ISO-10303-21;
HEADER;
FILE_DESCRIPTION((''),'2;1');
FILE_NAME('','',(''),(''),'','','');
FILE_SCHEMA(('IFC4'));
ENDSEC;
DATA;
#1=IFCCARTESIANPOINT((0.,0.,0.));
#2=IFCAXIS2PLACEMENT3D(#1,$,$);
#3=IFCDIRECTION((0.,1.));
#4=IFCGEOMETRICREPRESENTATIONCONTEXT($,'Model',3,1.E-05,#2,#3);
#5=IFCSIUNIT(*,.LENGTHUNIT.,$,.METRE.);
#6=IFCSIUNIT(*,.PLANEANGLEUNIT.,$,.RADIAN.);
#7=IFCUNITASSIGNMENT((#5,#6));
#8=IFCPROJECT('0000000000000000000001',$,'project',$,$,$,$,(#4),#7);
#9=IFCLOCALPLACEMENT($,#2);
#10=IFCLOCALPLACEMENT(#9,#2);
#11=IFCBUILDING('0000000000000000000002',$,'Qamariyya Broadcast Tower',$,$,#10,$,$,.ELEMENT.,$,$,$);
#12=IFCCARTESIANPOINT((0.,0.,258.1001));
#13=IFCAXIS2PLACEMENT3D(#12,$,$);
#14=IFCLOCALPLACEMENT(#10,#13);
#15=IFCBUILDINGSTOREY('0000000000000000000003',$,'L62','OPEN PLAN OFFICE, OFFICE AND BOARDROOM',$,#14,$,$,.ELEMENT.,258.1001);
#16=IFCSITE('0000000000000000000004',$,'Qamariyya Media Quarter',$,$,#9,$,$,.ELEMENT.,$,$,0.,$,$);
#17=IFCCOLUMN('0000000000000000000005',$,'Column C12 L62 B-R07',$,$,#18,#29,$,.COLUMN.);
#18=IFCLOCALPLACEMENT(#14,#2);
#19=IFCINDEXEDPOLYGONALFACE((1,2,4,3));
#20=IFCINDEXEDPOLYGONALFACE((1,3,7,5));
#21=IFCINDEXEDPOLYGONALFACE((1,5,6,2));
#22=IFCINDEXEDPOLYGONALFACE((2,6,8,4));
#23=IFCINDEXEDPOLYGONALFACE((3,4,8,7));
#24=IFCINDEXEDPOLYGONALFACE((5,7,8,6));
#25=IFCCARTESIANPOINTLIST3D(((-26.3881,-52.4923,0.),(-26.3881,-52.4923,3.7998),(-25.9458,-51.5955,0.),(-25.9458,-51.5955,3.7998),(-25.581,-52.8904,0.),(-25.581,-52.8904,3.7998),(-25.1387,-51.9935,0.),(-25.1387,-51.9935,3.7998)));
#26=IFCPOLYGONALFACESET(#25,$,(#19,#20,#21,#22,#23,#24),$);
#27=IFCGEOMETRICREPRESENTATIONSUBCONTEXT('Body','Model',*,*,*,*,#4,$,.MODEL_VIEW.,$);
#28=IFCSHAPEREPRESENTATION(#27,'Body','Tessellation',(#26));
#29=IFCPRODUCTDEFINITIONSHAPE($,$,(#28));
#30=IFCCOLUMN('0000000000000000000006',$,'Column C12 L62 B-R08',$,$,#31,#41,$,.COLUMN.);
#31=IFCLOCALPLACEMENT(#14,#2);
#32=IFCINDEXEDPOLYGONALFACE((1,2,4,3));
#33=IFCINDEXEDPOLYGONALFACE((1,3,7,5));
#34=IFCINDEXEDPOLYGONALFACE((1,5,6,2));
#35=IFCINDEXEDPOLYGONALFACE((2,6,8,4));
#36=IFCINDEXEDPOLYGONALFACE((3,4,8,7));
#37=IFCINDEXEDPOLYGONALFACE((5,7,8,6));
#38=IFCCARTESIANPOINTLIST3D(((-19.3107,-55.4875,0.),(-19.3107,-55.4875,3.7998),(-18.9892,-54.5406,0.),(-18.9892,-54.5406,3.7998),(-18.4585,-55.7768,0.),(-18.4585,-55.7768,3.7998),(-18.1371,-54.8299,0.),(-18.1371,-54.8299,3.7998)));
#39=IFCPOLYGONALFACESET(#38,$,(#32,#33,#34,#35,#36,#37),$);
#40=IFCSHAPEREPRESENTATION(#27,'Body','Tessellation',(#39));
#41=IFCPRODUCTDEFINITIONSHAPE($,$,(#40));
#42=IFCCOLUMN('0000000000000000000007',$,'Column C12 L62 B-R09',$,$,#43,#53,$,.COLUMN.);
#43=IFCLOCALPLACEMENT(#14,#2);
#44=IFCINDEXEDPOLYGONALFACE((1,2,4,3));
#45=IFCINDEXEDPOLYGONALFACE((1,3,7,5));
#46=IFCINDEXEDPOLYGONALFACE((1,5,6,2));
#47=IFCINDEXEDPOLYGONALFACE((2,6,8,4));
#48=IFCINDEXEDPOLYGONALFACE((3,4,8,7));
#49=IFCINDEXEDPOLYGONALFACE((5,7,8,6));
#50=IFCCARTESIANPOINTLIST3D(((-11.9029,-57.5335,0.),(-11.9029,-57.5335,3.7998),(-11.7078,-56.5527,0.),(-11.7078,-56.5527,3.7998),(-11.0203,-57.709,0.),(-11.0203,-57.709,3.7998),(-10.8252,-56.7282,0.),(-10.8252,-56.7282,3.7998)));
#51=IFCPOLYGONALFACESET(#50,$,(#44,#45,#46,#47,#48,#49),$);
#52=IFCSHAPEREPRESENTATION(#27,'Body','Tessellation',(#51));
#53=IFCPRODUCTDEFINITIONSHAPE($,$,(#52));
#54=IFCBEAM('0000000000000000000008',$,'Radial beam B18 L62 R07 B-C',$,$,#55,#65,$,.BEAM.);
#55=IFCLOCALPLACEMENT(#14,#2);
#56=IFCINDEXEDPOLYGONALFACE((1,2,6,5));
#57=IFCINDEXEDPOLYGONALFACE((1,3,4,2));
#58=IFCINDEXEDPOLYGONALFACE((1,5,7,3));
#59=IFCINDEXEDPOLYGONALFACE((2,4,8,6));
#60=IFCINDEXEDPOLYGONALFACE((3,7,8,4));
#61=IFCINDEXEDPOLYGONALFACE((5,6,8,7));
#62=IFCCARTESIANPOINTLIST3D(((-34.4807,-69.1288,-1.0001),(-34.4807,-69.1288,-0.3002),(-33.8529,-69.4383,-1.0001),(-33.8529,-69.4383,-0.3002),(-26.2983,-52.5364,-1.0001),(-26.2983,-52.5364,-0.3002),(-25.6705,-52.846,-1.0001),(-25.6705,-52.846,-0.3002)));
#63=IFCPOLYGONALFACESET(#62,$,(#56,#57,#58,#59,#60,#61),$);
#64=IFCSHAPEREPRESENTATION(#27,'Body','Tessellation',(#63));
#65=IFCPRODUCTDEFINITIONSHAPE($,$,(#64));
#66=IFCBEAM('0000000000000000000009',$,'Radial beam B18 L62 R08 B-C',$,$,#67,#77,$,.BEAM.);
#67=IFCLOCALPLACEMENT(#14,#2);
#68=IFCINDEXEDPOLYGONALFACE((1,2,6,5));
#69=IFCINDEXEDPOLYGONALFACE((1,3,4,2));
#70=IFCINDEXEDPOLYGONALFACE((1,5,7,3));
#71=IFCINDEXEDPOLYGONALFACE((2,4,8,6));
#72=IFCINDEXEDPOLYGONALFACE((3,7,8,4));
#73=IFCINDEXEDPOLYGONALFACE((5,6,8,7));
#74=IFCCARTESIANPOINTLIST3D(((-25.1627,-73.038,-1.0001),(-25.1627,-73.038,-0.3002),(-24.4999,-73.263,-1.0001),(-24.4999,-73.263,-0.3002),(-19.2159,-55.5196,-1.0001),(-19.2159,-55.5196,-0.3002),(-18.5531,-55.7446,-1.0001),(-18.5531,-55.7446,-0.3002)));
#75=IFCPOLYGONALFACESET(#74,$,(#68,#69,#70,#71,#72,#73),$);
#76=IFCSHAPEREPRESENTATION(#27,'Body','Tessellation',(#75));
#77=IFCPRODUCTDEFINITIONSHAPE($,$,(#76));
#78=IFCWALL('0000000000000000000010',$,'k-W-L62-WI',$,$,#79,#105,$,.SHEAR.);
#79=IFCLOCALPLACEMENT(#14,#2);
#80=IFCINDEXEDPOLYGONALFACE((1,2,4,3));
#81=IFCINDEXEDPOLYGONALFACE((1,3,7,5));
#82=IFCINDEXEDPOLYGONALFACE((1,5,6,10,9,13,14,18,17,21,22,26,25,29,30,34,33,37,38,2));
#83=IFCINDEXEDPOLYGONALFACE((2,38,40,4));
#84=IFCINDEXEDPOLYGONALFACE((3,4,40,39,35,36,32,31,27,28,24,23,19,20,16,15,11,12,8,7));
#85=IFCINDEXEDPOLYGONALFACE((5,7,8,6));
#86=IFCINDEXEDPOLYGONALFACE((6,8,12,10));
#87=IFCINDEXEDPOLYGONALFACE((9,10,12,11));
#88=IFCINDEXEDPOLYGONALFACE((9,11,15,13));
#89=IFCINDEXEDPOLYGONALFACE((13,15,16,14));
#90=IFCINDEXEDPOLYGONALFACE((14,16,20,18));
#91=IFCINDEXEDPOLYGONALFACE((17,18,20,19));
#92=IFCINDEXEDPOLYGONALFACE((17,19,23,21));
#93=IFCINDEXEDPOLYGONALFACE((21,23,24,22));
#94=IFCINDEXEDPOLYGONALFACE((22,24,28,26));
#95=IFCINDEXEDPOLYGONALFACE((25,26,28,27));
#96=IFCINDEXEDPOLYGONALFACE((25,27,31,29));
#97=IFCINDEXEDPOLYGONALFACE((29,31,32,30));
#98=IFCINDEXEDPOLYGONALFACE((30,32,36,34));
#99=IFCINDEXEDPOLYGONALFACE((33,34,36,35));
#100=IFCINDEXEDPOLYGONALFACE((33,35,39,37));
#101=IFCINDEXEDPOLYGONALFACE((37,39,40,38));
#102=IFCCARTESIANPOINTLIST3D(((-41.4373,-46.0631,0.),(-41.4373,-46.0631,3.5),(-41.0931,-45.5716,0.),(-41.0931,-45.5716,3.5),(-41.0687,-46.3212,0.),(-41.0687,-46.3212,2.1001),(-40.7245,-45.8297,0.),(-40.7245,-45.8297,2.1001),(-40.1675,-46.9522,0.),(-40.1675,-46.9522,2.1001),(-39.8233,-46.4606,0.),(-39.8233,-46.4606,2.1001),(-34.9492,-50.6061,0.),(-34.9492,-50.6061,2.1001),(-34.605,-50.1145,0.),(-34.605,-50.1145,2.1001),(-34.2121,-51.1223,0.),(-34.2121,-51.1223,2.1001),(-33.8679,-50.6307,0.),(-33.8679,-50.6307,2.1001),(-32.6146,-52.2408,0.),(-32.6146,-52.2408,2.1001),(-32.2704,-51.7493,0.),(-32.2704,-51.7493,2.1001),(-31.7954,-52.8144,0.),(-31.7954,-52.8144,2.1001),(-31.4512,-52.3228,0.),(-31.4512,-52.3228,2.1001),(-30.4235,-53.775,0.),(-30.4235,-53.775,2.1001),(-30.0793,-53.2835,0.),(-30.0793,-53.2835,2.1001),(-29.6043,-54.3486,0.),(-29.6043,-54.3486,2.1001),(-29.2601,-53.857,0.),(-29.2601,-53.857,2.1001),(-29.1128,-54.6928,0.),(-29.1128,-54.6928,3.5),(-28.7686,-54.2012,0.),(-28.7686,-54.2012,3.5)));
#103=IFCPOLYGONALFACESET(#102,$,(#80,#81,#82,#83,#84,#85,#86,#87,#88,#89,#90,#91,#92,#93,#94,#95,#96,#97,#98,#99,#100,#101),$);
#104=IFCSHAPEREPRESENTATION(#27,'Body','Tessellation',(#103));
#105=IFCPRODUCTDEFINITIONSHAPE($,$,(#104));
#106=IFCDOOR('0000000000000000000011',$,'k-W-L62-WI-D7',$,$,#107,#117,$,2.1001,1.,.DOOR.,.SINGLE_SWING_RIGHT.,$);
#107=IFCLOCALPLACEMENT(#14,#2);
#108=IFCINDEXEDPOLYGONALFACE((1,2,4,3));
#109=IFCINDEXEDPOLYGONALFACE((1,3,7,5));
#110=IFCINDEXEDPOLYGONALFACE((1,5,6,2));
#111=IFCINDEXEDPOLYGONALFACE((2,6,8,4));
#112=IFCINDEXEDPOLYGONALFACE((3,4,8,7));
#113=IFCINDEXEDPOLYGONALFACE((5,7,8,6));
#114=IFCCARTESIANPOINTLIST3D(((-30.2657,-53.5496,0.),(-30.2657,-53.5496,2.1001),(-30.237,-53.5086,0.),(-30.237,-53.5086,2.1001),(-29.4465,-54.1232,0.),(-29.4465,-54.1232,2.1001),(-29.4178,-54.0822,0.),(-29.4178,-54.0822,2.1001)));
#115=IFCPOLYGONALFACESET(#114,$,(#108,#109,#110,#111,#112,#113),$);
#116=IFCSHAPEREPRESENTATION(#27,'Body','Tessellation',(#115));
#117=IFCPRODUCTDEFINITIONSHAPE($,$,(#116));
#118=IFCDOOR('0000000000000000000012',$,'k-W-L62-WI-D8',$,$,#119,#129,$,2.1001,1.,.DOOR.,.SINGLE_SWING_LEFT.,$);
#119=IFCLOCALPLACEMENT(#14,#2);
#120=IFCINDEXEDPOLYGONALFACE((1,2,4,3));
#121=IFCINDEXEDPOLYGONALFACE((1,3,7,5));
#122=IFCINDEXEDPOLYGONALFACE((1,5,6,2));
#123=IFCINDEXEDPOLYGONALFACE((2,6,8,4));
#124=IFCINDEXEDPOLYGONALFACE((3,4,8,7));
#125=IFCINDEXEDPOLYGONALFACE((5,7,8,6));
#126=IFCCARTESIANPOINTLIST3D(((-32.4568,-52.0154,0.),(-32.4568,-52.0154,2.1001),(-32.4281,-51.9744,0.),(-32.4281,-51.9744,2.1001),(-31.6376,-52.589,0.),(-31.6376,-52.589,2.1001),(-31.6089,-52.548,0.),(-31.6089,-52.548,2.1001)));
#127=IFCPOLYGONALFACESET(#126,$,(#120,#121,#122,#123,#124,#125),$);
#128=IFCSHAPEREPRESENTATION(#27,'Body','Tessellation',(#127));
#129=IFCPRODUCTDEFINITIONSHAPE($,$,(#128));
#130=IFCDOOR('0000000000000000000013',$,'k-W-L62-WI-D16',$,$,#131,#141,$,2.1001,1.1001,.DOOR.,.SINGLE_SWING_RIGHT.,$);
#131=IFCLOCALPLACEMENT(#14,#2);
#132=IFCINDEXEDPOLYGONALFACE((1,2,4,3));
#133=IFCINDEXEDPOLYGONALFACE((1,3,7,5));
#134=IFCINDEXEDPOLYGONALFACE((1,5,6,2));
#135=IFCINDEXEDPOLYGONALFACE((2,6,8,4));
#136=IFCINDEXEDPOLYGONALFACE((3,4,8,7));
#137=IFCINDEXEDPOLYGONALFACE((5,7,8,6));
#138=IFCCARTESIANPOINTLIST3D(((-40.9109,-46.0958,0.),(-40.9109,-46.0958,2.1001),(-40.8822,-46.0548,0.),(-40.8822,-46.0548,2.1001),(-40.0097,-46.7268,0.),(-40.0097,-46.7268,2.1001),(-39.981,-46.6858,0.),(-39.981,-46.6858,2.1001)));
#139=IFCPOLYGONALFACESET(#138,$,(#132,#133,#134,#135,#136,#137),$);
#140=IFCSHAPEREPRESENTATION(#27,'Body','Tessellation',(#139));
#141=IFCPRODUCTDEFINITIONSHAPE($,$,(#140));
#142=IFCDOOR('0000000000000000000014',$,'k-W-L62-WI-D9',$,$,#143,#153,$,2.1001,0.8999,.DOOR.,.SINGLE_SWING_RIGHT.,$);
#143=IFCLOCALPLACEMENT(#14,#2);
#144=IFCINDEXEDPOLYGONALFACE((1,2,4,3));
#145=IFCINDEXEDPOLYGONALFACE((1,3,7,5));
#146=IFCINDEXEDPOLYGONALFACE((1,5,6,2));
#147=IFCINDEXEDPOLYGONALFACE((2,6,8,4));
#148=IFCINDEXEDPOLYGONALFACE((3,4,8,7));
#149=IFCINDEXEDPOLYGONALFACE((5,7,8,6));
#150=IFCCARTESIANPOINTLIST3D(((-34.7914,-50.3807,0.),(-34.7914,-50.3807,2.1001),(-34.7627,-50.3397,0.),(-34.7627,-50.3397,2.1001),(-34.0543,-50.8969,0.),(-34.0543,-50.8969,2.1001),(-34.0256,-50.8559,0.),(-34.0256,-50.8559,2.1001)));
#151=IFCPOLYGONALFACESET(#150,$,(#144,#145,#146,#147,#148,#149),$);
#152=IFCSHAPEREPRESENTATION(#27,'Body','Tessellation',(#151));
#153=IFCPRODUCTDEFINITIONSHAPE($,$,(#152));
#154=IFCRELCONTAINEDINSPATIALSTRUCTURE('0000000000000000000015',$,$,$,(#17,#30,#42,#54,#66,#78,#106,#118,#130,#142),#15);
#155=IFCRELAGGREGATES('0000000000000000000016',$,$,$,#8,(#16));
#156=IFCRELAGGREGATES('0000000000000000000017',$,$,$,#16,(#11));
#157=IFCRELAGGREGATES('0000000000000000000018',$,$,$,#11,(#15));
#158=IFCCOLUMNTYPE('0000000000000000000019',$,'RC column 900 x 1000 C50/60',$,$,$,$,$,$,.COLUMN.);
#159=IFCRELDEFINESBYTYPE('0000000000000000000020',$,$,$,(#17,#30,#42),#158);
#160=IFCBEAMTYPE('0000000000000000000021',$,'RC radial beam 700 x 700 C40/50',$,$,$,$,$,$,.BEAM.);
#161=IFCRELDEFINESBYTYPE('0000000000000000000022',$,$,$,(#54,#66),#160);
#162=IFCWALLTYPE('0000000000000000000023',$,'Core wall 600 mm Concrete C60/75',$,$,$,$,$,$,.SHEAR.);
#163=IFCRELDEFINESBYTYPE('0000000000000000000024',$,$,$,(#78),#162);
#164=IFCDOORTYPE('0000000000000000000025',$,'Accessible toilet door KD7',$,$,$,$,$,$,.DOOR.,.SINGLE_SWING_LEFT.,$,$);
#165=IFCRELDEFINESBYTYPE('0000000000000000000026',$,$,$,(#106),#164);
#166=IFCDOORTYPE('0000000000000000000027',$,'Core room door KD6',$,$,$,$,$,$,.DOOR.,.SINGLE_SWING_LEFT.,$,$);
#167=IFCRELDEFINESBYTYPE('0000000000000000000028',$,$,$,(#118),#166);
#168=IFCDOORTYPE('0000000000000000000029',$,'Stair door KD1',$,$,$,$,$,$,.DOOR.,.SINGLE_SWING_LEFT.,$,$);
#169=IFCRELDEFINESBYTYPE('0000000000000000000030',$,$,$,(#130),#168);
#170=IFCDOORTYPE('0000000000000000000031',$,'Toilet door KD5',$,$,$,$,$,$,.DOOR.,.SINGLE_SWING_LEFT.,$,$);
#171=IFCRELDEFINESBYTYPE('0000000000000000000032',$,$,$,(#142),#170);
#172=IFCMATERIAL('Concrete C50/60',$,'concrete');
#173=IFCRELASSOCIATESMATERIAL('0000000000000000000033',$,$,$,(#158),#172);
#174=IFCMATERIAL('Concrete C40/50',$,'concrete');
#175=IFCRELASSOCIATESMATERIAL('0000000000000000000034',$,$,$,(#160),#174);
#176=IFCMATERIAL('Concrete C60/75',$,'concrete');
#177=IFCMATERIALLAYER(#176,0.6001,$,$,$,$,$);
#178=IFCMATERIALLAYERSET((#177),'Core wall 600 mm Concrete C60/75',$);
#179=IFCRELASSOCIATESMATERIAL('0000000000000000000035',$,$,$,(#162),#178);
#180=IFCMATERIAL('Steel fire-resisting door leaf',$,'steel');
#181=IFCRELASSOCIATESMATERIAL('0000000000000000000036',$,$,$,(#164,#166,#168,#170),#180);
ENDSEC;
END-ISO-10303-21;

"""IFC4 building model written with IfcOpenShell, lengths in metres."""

from ifc_helpers import new_model, si_unit, direction, frame, frame_2d, origin, origin_2d, place, context, subcontext, project, spatial, rectangle, extrude, material, layer, layer_set, material_profile, profile_set, type_object, element, fill, save


model = new_model("IFC4")

# Units and contexts
model_context = context("Model", 3, precision=1e-05, world=origin(), true_north=direction((0.0, 1.0)))
body_context = subcontext(model_context, "Body", "Model", "MODEL_VIEW")
ifc_project = project(units=[si_unit("LENGTHUNIT", "METRE"), si_unit("PLANEANGLEUNIT", "RADIAN")], contexts=[model_context])

# Site, building, storey
site_placement = place(None, origin())
site = spatial("IfcSite", under=ifc_project, at=site_placement, Name="Qamariyya Media Quarter", CompositionType="ELEMENT", RefElevation=0.0)
building_placement = place(site_placement, origin())
building = spatial("IfcBuilding", under=site, at=building_placement, Name="Qamariyya Broadcast Tower", CompositionType="ELEMENT")
storey_placement = place(building_placement, frame((0.0, 0.0, 258.1001)))
storey = spatial("IfcBuildingStorey", under=building, at=storey_placement, Name="L62", Description="OPEN PLAN OFFICE, OFFICE AND BOARDROOM", CompositionType="ELEMENT", Elevation=258.1001)

# Columns
ifc_material_1 = material(Name="Concrete C50/60", Category="concrete")
ifc_material_profile_1 = material_profile(ifc_material_1, rectangle(XDim=0.8999, YDim=1.0, at=origin_2d()))
ifc_profile_set_1 = profile_set([ifc_material_profile_1], Name="Concrete C50/60")
column_type = type_object("IfcColumnType", Name="RC column 900 x 1000 C50/60", PredefinedType="COLUMN", material=ifc_profile_set_1)
for number, where, z_axis, x_axis, name in (
    (1, (-25.7634, -52.2429, 0.0), (0.0, 0.0, 1.0), (0.896873, -0.442289, 0.0), "Column C12 L62 B-R07"),
    (2, (-18.7239, -55.1587, 0.0), (0.0, 0.0, 1.0), (0.94693, -0.321439, 0.0), "Column C12 L62 B-R08"),
    (3, (-11.364, -57.1309, 0.0), (0.0, 0.0, 1.0), (0.980785, -0.19509, 0.0), "Column C12 L62 B-R09"),
):
    element("IfcColumn", number, at=place(storey_placement, frame(where, z_axis=z_axis, x_axis=x_axis)), inside=storey, type_object=column_type, Name=name, PredefinedType="COLUMN", context=body_context, shape_type="SweptSolid", body=[
        extrude(rectangle(XDim=0.8999, YDim=1.0, at=origin_2d()), origin(), (0.0, 0.0, 1.0), 3.7998),
    ])

# Beams
ifc_material_2 = material(Name="Concrete C40/50", Category="concrete")
ifc_material_profile_2 = material_profile(ifc_material_2, rectangle(XDim=0.7, YDim=0.7, at=origin_2d()))
ifc_profile_set_2 = profile_set([ifc_material_profile_2], Name="Concrete C40/50")
beam_type = type_object("IfcBeamType", Name="RC radial beam 700 x 700 C40/50", PredefinedType="BEAM", material=ifc_profile_set_2)
for number, where, z_axis, x_axis, name in (
    (4, (-25.9844, -52.6912, -0.6501), (-0.442287, -0.896874, 0.0), (0.896874, -0.442287, 0.0), "Radial beam B18 L62 R07 B-C"),
    (5, (-18.8845, -55.6321, -0.6501), (-0.321445, -0.946928, 0.0), (0.946928, -0.321445, 0.0), "Radial beam B18 L62 R08 B-C"),
):
    element("IfcBeam", number, at=place(storey_placement, frame(where, z_axis=z_axis, x_axis=x_axis)), inside=storey, type_object=beam_type, Name=name, PredefinedType="BEAM", context=body_context, shape_type="SweptSolid", body=[
        extrude(rectangle(XDim=0.7, YDim=0.7, at=origin_2d()), origin(), (0.0, 0.0, 1.0), 18.5002),
    ])

# Wall, openings, doors
ifc_material_3 = material(Name="Concrete C60/75", Category="concrete")
ifc_layer_1 = layer(ifc_material_3, 0.6001)
ifc_layer_set_1 = layer_set([ifc_layer_1], Name="Core wall 600 mm Concrete C60/75")
wall_type_1 = type_object("IfcWallType", Name="Core wall 600 mm Concrete C60/75", PredefinedType="SHEAR", material=ifc_layer_set_1)
wall_1_placement = place(storey_placement, frame((-28.9407, -54.447, 0.0), z_axis=(0.0, 0.0, 1.0), x_axis=(-0.819153, 0.573575, 0.0)))
wall_1 = element("IfcWall", 6, at=wall_1_placement, inside=storey, type_object=wall_type_1, Name="k-W-L62-WI", PredefinedType="SHEAR", context=body_context, shape_type="SweptSolid", body=[
    extrude(rectangle(XDim=15.0454, YDim=0.6001, at=frame_2d((7.5227, 0.0))), origin(), (0.0, 0.0, 1.0), 3.5),
])
opening_1_placement = place(wall_1_placement, frame((0.6001, 0.0, 0.0)))
opening_1 = element("IfcOpeningElement", 7, at=opening_1_placement, cuts=wall_1, PredefinedType="OPENING", context=body_context, shape_type="SweptSolid", body=[
    extrude(rectangle(XDim=1.0, YDim=2.1001, at=frame_2d((0.5, 1.05))), frame((0.0, 0.3101, 0.0), z_axis=(0.0, -1.0, 0.0), x_axis=(1.0, 0.0, 0.0)), (0.0, 0.0, 1.0), 0.6201),
])
opening_2_placement = place(wall_1_placement, frame((3.2749, 0.0, 0.0)))
opening_2 = element("IfcOpeningElement", 8, at=opening_2_placement, cuts=wall_1, PredefinedType="OPENING", context=body_context, shape_type="SweptSolid", body=[
    extrude(rectangle(XDim=1.0, YDim=2.1001, at=frame_2d((0.5, 1.05))), frame((0.0, 0.3101, 0.0), z_axis=(0.0, -1.0, 0.0), x_axis=(1.0, 0.0, 0.0)), (0.0, 0.0, 1.0), 0.6201),
])
opening_3_placement = place(wall_1_placement, frame((6.2251, 0.0, 0.0)))
opening_3 = element("IfcOpeningElement", 9, at=opening_3_placement, cuts=wall_1, PredefinedType="OPENING", context=body_context, shape_type="SweptSolid", body=[
    extrude(rectangle(XDim=0.8999, YDim=2.1001, at=frame_2d((0.45, 1.05))), frame((0.0, 0.3101, 0.0), z_axis=(0.0, -1.0, 0.0), x_axis=(1.0, 0.0, 0.0)), (0.0, 0.0, 1.0), 0.6201),
])
opening_4_placement = place(wall_1_placement, frame((13.4954, 0.0, 0.0)))
opening_4 = element("IfcOpeningElement", 10, at=opening_4_placement, cuts=wall_1, PredefinedType="OPENING", context=body_context, shape_type="SweptSolid", body=[
    extrude(rectangle(XDim=1.1001, YDim=2.1001, at=frame_2d((0.55, 1.05))), frame((0.0, 0.3101, 0.0), z_axis=(0.0, -1.0, 0.0), x_axis=(1.0, 0.0, 0.0)), (0.0, 0.0, 1.0), 0.6201),
])
ifc_material_4 = material(Name="Steel fire-resisting door leaf", Category="steel")
door_type_1 = type_object("IfcDoorType", Name="Accessible toilet door KD7", OperationType="SINGLE_SWING_LEFT", PredefinedType="DOOR", material=ifc_material_4)
door_1_placement = place(opening_1_placement, origin())
door_1 = element("IfcDoor", 11, at=door_1_placement, inside=storey, type_object=door_type_1, Name="k-W-L62-WI-D7", OperationType="SINGLE_SWING_RIGHT", OverallHeight=2.1001, OverallWidth=1.0, PredefinedType="DOOR", context=body_context, shape_type="SweptSolid", body=[
    extrude(rectangle(XDim=1.0, YDim=2.1001, at=frame_2d((0.5, 1.05))), frame((0.0, 0.0249, 0.0), z_axis=(0.0, -1.0, 0.0), x_axis=(1.0, 0.0, 0.0)), (0.0, 0.0, 1.0), 0.05),
])
fill(opening_1, door_1)
door_type_2 = type_object("IfcDoorType", Name="Core room door KD6", OperationType="SINGLE_SWING_LEFT", PredefinedType="DOOR", material=ifc_material_4)
door_2_placement = place(opening_2_placement, origin())
door_2 = element("IfcDoor", 12, at=door_2_placement, inside=storey, type_object=door_type_2, Name="k-W-L62-WI-D8", OperationType="SINGLE_SWING_LEFT", OverallHeight=2.1001, OverallWidth=1.0, PredefinedType="DOOR", context=body_context, shape_type="SweptSolid", body=[
    extrude(rectangle(XDim=1.0, YDim=2.1001, at=frame_2d((0.5, 1.05))), frame((0.0, 0.0249, 0.0), z_axis=(0.0, -1.0, 0.0), x_axis=(1.0, 0.0, 0.0)), (0.0, 0.0, 1.0), 0.05),
])
fill(opening_2, door_2)
door_type_3 = type_object("IfcDoorType", Name="Stair door KD1", OperationType="SINGLE_SWING_LEFT", PredefinedType="DOOR", material=ifc_material_4)
door_3_placement = place(opening_4_placement, origin())
door_3 = element("IfcDoor", 13, at=door_3_placement, inside=storey, type_object=door_type_3, Name="k-W-L62-WI-D16", OperationType="SINGLE_SWING_RIGHT", OverallHeight=2.1001, OverallWidth=1.1001, PredefinedType="DOOR", context=body_context, shape_type="SweptSolid", body=[
    extrude(rectangle(XDim=1.1001, YDim=2.1001, at=frame_2d((0.55, 1.05))), frame((0.0, 0.0249, 0.0), z_axis=(0.0, -1.0, 0.0), x_axis=(1.0, 0.0, 0.0)), (0.0, 0.0, 1.0), 0.05),
])
fill(opening_4, door_3)
door_type_4 = type_object("IfcDoorType", Name="Toilet door KD5", OperationType="SINGLE_SWING_LEFT", PredefinedType="DOOR", material=ifc_material_4)
door_4_placement = place(opening_3_placement, origin())
door_4 = element("IfcDoor", 14, at=door_4_placement, inside=storey, type_object=door_type_4, Name="k-W-L62-WI-D9", OperationType="SINGLE_SWING_RIGHT", OverallHeight=2.1001, OverallWidth=0.8999, PredefinedType="DOOR", context=body_context, shape_type="SweptSolid", body=[
    extrude(rectangle(XDim=0.8999, YDim=2.1001, at=frame_2d((0.45, 1.05))), frame((0.0, 0.0249, 0.0), z_axis=(0.0, -1.0, 0.0), x_axis=(1.0, 0.0, 0.0)), (0.0, 0.0, 1.0), 0.05),
])
fill(opening_3, door_4)

save(model, "model.ifc")
